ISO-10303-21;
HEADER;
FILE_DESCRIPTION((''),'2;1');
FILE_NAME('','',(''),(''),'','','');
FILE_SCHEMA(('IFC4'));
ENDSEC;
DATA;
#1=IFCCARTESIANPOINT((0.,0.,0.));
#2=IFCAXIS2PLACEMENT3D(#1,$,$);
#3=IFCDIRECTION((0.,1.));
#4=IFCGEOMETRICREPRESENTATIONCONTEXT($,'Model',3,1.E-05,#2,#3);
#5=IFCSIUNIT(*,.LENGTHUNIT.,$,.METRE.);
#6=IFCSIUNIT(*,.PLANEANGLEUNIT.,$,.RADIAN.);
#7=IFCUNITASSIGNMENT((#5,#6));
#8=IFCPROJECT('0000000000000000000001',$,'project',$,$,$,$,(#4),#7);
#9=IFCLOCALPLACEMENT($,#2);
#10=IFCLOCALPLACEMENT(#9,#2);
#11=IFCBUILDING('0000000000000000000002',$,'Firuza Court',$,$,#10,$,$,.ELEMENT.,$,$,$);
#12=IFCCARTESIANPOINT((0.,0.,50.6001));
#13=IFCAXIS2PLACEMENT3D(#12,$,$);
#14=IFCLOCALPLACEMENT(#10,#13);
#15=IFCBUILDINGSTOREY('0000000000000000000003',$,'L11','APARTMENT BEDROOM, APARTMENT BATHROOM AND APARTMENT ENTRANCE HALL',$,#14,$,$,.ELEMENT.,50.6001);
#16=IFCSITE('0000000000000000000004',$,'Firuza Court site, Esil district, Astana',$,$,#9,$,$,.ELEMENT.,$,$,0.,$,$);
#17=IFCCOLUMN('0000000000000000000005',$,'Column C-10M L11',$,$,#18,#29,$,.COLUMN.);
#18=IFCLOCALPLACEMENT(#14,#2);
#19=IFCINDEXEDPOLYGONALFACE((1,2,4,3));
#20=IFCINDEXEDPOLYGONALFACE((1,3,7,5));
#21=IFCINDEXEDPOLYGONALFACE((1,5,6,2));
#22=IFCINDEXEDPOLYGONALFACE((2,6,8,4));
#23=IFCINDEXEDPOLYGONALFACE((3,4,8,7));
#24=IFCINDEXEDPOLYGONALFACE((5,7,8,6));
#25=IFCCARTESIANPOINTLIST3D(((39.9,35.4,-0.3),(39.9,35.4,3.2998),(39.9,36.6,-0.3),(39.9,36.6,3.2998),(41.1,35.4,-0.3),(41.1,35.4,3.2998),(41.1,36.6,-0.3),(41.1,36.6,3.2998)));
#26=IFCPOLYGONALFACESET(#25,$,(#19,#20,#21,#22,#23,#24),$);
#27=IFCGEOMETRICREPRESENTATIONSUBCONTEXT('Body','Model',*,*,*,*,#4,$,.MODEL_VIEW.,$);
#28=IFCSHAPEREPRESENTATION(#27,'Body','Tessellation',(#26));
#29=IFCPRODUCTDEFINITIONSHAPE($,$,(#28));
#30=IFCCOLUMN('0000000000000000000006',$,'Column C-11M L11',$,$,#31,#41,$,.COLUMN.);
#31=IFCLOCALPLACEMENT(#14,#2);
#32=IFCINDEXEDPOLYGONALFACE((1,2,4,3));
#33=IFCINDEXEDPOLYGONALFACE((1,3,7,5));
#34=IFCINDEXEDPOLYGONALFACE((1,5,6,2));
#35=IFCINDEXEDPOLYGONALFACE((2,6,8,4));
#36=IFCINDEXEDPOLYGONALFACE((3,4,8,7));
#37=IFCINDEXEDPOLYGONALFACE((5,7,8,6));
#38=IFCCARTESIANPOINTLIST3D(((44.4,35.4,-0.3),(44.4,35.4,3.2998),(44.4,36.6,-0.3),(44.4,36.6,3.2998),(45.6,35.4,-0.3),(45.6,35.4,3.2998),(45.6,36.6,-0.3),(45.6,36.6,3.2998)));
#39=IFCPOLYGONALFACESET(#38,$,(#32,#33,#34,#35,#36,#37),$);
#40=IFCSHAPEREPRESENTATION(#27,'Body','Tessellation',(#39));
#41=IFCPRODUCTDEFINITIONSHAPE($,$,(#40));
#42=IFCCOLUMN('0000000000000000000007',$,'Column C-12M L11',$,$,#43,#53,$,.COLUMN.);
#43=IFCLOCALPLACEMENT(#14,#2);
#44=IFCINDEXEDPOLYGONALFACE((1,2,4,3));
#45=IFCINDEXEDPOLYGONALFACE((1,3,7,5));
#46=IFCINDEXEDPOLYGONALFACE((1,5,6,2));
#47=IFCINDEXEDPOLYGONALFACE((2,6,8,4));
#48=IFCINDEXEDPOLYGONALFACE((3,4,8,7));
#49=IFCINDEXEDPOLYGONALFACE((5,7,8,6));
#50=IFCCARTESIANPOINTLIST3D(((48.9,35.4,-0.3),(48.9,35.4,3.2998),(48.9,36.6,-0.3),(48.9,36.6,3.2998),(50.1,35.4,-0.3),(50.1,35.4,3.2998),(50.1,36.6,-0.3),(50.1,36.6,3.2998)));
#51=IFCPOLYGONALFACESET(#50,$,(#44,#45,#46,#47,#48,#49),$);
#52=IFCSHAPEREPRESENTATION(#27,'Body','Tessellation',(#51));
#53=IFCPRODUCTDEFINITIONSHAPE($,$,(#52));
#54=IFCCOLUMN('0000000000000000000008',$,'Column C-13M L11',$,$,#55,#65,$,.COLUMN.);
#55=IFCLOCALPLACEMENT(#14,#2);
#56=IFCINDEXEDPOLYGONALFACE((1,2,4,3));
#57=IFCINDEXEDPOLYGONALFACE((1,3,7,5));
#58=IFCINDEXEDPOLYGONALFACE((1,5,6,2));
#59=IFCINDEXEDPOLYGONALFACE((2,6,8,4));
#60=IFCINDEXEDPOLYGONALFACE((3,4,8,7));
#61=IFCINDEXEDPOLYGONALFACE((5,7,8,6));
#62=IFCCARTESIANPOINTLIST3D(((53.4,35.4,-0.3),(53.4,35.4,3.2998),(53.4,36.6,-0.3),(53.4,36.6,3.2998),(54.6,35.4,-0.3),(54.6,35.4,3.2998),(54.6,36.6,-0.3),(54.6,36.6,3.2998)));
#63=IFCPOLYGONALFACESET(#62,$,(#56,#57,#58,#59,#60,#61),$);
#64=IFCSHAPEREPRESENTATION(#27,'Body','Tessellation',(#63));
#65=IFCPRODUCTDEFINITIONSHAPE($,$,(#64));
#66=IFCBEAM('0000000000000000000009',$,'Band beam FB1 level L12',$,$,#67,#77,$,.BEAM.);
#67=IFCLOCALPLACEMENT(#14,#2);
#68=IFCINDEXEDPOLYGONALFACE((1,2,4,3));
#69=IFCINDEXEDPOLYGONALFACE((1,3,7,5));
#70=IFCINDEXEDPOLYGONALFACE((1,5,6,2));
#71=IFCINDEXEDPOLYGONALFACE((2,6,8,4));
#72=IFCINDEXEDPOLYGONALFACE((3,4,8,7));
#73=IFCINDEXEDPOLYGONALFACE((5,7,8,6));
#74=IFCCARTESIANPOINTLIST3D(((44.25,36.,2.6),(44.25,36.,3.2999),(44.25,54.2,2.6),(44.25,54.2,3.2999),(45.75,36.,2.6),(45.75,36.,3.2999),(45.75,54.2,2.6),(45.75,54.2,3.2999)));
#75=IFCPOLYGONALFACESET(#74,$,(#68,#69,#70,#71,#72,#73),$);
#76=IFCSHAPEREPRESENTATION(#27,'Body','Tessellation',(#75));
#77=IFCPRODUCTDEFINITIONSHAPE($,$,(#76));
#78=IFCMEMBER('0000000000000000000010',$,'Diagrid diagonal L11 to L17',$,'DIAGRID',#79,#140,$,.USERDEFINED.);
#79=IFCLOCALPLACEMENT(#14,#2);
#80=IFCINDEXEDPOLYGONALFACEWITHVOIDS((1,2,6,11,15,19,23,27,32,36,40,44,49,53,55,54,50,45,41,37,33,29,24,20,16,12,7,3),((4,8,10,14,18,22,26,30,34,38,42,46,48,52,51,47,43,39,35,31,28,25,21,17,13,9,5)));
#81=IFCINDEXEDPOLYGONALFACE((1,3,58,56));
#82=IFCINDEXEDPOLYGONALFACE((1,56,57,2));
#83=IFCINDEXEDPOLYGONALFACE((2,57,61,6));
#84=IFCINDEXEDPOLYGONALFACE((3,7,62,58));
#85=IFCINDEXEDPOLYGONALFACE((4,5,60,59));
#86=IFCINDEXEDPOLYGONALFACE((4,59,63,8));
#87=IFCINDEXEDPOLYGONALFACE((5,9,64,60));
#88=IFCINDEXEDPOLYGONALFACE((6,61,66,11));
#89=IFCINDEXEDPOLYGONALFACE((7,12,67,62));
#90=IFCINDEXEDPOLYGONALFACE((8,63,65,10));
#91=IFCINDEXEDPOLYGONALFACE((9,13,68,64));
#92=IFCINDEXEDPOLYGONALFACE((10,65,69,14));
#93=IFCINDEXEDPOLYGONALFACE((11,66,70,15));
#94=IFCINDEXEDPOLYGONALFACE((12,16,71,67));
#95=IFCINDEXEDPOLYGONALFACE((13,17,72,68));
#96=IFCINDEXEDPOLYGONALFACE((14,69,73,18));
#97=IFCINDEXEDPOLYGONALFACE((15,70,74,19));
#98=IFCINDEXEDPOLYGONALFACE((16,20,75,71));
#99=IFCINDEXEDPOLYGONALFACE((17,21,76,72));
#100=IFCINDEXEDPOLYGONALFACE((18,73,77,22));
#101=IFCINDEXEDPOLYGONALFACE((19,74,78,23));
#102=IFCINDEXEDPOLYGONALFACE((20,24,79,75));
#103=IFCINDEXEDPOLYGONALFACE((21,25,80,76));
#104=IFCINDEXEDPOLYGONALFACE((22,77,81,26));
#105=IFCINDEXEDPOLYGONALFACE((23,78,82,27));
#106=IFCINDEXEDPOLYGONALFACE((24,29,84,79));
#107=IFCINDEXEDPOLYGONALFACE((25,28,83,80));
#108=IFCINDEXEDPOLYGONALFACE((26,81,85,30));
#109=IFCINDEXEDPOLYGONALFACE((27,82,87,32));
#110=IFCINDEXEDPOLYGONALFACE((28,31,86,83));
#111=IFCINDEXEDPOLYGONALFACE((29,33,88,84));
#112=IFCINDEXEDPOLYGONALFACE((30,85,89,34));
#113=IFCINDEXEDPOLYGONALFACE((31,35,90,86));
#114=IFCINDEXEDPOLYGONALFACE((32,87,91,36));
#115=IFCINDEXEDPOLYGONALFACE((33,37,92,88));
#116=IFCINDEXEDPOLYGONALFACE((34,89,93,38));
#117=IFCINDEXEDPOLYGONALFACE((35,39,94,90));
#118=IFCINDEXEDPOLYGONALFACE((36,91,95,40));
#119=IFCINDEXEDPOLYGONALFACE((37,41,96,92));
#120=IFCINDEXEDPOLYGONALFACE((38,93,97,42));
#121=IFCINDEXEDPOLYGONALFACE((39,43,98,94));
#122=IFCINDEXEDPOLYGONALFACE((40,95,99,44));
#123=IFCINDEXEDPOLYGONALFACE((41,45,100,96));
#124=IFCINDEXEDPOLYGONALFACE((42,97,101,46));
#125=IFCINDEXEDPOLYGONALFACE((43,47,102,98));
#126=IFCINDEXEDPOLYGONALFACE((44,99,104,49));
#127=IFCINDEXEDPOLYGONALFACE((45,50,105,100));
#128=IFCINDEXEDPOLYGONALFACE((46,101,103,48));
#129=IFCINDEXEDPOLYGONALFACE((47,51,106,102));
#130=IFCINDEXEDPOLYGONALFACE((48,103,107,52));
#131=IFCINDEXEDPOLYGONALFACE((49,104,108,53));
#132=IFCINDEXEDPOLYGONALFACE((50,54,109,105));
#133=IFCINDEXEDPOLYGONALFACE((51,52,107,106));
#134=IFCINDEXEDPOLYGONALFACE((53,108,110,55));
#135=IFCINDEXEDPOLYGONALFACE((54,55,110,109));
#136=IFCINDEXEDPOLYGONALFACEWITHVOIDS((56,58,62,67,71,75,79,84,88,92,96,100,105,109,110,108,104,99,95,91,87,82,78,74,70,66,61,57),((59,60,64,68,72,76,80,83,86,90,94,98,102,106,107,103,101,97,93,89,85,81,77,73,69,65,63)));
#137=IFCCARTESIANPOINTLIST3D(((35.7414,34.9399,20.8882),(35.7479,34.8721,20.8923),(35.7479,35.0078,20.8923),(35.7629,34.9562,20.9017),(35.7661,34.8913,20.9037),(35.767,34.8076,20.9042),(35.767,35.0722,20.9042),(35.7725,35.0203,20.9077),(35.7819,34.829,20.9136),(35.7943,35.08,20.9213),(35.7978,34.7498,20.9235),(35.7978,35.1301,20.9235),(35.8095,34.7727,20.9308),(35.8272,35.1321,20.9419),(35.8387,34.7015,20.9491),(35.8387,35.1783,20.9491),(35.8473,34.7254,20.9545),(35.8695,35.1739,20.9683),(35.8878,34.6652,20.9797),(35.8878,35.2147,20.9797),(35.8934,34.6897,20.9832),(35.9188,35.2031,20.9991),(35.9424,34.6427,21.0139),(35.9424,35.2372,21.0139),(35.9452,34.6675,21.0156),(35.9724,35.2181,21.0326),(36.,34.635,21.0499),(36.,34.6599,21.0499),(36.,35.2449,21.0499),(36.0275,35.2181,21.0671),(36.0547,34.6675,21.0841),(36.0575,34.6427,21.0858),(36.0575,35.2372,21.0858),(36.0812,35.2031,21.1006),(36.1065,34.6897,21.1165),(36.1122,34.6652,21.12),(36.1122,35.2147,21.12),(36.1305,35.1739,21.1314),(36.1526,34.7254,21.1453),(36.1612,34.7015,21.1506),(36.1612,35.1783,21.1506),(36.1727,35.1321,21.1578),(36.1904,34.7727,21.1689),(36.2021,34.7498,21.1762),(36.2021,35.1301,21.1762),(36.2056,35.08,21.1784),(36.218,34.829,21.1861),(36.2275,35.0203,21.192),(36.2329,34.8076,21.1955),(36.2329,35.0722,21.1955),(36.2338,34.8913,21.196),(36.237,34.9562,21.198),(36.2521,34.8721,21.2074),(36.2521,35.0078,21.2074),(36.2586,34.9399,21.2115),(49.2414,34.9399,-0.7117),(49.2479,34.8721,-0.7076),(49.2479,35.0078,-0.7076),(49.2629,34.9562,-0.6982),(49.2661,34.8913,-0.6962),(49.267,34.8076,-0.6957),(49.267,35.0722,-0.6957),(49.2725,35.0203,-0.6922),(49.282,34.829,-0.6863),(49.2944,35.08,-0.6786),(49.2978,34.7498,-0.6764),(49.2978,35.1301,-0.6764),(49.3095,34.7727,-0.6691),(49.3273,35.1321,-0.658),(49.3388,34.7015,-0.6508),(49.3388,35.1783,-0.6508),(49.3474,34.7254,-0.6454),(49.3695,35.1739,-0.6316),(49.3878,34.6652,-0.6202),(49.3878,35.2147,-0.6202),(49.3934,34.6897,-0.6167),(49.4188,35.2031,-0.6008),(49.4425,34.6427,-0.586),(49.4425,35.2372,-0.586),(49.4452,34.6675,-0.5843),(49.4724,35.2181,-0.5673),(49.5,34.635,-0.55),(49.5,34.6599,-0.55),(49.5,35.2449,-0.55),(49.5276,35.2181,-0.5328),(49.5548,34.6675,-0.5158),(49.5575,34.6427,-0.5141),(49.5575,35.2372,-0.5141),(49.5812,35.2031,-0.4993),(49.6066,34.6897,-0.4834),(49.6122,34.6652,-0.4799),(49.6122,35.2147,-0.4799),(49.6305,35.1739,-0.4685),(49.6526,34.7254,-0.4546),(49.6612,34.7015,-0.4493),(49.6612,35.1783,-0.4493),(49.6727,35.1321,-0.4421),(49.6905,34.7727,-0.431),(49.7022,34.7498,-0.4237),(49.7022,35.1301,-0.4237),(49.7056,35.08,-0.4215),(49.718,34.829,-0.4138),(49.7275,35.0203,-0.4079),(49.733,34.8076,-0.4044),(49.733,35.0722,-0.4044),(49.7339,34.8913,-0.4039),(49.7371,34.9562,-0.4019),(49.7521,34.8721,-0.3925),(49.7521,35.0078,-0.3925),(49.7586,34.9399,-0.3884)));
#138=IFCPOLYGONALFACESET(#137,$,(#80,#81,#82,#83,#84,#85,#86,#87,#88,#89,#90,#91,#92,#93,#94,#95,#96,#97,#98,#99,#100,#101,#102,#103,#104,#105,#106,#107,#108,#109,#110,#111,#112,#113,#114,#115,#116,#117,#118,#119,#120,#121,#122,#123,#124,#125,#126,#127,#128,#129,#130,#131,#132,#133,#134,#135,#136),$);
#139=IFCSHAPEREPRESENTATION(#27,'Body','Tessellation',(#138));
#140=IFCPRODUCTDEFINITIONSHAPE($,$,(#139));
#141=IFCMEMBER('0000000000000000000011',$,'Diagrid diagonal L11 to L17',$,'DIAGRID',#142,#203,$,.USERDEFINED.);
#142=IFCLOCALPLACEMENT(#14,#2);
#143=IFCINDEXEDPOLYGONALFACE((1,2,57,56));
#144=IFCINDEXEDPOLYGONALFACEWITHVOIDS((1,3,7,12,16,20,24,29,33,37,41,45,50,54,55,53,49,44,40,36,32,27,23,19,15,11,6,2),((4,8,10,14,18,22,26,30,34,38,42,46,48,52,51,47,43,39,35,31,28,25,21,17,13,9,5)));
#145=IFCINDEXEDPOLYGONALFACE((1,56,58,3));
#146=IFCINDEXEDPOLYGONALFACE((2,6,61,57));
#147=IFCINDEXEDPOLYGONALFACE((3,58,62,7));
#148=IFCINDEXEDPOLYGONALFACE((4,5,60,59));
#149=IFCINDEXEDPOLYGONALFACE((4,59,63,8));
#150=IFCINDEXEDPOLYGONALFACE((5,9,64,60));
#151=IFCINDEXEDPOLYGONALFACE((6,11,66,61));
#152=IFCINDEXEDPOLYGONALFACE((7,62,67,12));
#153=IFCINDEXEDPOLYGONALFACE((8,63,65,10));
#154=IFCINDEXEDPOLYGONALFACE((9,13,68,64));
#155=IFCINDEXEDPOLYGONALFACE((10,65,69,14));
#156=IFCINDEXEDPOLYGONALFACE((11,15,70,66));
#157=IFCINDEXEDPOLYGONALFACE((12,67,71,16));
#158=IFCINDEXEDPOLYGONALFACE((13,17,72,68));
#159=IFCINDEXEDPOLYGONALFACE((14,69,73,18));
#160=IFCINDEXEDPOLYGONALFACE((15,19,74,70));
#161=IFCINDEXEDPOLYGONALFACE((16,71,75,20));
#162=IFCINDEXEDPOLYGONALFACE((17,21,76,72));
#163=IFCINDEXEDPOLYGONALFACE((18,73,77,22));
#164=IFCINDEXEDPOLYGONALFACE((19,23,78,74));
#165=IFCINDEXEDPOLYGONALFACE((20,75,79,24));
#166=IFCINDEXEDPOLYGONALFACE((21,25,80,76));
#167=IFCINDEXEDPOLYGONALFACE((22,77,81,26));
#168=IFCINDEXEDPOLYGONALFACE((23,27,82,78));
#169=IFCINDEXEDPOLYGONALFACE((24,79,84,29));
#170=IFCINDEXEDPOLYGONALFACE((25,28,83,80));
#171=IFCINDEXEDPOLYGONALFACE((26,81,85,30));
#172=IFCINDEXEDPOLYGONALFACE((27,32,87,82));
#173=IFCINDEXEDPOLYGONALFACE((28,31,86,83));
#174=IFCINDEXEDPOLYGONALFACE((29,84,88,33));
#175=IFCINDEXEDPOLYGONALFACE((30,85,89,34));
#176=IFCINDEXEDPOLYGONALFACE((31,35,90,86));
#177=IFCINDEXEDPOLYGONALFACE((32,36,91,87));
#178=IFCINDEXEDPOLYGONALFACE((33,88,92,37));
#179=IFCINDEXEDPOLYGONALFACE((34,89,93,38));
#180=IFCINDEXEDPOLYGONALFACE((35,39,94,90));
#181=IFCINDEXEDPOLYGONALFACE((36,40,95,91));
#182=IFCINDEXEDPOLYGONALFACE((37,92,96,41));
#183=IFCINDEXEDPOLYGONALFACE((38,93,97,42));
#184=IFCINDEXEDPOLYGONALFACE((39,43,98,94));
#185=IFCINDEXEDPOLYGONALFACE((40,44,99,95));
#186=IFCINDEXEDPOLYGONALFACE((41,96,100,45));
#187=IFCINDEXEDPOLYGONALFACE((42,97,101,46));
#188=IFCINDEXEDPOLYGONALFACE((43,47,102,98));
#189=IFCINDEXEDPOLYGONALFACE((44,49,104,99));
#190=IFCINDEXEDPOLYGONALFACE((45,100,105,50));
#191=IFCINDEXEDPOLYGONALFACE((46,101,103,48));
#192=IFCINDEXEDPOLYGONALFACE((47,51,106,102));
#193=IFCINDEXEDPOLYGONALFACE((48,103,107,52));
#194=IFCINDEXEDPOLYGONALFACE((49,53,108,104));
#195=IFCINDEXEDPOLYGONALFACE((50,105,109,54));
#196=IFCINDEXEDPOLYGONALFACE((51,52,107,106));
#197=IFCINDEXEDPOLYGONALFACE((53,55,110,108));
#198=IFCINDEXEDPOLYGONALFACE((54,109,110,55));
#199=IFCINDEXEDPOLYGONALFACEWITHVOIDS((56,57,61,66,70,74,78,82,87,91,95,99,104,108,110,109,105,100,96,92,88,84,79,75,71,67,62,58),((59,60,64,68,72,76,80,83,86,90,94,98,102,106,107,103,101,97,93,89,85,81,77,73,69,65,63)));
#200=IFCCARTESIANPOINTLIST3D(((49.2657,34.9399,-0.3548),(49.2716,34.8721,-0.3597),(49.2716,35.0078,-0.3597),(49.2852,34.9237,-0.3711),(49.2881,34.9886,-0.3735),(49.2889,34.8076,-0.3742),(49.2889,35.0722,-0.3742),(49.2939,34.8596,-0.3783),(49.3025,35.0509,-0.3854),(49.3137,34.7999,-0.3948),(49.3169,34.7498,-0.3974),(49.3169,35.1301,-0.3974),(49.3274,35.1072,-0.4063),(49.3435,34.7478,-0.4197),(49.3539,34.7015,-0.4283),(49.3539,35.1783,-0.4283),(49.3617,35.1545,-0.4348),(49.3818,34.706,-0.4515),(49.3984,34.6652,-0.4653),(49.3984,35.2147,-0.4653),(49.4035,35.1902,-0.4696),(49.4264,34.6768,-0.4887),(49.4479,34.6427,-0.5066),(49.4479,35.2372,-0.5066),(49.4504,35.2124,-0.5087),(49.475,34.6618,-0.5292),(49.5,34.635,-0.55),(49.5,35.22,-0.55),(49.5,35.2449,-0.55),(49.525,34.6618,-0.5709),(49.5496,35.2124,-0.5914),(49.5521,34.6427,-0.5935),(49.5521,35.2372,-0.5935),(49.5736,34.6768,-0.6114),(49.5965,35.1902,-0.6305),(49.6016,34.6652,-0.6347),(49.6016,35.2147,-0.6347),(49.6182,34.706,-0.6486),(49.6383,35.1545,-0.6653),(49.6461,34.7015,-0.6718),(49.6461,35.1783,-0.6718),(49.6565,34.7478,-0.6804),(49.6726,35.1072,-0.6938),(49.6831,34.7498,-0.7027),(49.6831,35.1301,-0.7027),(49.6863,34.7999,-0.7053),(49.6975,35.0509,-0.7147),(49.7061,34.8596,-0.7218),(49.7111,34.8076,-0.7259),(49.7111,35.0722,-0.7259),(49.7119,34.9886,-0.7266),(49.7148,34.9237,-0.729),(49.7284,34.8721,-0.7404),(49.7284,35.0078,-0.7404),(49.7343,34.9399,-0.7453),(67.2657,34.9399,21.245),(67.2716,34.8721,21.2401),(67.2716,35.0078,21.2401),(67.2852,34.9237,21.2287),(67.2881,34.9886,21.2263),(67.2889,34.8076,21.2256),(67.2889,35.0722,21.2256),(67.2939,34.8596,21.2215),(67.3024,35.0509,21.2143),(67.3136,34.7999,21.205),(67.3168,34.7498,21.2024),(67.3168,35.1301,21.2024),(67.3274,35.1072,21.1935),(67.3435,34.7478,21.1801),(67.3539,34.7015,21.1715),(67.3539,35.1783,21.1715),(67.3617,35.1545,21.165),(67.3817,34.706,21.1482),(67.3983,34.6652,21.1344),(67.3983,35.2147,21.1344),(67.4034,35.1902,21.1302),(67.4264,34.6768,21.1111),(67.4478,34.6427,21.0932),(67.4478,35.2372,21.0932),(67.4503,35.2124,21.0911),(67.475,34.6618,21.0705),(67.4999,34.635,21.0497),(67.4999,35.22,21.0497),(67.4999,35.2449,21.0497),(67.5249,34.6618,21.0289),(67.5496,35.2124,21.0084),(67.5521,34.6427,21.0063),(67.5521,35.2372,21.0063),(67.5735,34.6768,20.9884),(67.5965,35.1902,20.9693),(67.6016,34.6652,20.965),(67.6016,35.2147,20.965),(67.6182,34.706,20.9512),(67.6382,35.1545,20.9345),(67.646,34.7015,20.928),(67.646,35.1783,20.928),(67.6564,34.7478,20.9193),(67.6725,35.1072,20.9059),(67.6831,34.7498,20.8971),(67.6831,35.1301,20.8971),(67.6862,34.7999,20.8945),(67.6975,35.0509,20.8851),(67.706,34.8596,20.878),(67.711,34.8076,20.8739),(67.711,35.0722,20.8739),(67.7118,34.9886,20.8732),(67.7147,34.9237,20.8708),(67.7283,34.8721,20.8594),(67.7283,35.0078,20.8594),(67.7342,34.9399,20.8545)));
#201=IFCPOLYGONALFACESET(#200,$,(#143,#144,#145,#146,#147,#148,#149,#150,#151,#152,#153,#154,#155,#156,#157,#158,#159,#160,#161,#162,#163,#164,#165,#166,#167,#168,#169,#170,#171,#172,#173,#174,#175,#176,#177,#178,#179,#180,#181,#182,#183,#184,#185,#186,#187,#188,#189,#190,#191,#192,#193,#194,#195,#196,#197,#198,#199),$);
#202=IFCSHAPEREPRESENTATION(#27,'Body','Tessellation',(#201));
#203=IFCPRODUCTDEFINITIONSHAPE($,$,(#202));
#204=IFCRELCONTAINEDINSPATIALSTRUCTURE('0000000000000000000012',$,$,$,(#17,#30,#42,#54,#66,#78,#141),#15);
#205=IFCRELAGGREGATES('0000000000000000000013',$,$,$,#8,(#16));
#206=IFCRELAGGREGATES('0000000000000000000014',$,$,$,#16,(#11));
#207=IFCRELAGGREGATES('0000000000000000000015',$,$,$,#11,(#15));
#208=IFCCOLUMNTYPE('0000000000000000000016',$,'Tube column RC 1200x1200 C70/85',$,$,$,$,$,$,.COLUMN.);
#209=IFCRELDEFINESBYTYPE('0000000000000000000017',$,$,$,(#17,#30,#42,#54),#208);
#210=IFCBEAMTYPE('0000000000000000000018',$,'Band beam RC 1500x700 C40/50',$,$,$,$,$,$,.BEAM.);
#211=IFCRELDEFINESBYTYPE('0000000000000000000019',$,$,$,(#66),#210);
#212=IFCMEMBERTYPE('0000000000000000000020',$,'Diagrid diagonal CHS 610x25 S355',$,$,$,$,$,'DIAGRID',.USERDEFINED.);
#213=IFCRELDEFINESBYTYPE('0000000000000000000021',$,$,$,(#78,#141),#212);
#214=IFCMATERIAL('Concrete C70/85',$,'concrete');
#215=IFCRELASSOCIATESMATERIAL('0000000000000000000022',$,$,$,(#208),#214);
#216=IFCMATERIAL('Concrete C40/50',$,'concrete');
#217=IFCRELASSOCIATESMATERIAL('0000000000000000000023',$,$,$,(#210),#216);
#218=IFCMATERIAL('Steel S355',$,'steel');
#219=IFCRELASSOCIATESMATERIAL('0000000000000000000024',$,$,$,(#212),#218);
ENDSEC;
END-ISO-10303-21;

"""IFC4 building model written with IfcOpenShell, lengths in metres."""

from ifc_helpers import new_model, si_unit, direction, frame, origin, origin_2d, place, context, subcontext, project, spatial, rectangle, hollow_circle, extrude, material, material_profile, profile_set, type_object, element, save


model = new_model("IFC4")

# Units and contexts
model_context = context("Model", 3, precision=1e-05, world=origin(), true_north=direction((0.0, 1.0)))
body_context = subcontext(model_context, "Body", "Model", "MODEL_VIEW")
ifc_project = project(units=[si_unit("LENGTHUNIT", "METRE"), si_unit("PLANEANGLEUNIT", "RADIAN")], contexts=[model_context])

# Site, building, storey
site_placement = place(None, origin())
site = spatial("IfcSite", under=ifc_project, at=site_placement, Name="Firuza Court site, Esil district, Astana", CompositionType="ELEMENT", RefElevation=0.0)
building_placement = place(site_placement, origin())
building = spatial("IfcBuilding", under=site, at=building_placement, Name="Firuza Court", CompositionType="ELEMENT")
storey_placement = place(building_placement, frame((0.0, 0.0, 50.6001)))
storey = spatial("IfcBuildingStorey", under=building, at=storey_placement, Name="L11", Description="APARTMENT BEDROOM, APARTMENT BATHROOM AND APARTMENT ENTRANCE HALL", CompositionType="ELEMENT", Elevation=50.6001)

# Columns
ifc_material_1 = material(Name="Concrete C70/85", Category="concrete")
ifc_material_profile_1 = material_profile(ifc_material_1, rectangle(XDim=1.2, YDim=1.2, at=origin_2d()), Name="RC 1200x1200")
ifc_profile_set_1 = profile_set([ifc_material_profile_1], Name="Concrete C70/85")
column_type = type_object("IfcColumnType", Name="Tube column RC 1200x1200 C70/85", PredefinedType="COLUMN", material=ifc_profile_set_1)
for number, where, z_axis, x_axis, name in (
    (1, (40.5, 36.0, -0.3), (0.0, 0.0, 1.0), (1.0, 0.0, 0.0), "Column C-10M L11"),
    (2, (45.0, 36.0, -0.3), (0.0, 0.0, 1.0), (1.0, 0.0, 0.0), "Column C-11M L11"),
    (3, (49.5, 36.0, -0.3), (0.0, 0.0, 1.0), (1.0, 0.0, 0.0), "Column C-12M L11"),
    (4, (54.0, 36.0, -0.3), (0.0, 0.0, 1.0), (1.0, 0.0, 0.0), "Column C-13M L11"),
):
    element("IfcColumn", number, at=place(storey_placement, frame(where, z_axis=z_axis, x_axis=x_axis)), inside=storey, type_object=column_type, Name=name, PredefinedType="COLUMN", context=body_context, shape_type="SweptSolid", body=[
        extrude(rectangle(XDim=1.2, YDim=1.2, at=origin_2d()), origin(), (0.0, 0.0, 1.0), 3.5999),
    ])

# Beam
ifc_material_2 = material(Name="Concrete C40/50", Category="concrete")
ifc_material_profile_2 = material_profile(ifc_material_2, rectangle(XDim=1.5, YDim=0.7, at=origin_2d()), Name="RC 1500x700")
ifc_profile_set_2 = profile_set([ifc_material_profile_2], Name="Concrete C40/50")
beam_type_1 = type_object("IfcBeamType", Name="Band beam RC 1500x700 C40/50", PredefinedType="BEAM", material=ifc_profile_set_2)
beam_placement = place(storey_placement, frame((45.0, 36.0, 2.95), z_axis=(0.0, 1.0, 0.0), x_axis=(-1.0, 0.0, 0.0)))
element("IfcBeam", 5, at=beam_placement, inside=storey, type_object=beam_type_1, Name="Band beam FB1 level L12", PredefinedType="BEAM", context=body_context, shape_type="SweptSolid", body=[
    extrude(rectangle(XDim=1.5, YDim=0.7, at=origin_2d()), origin(), (0.0, 0.0, 1.0), 18.2),
])

# Members
ifc_material_3 = material(Name="Steel S355", Category="steel")
ifc_material_profile_3 = material_profile(ifc_material_3, hollow_circle(Radius=0.3049, WallThickness=0.0249, at=origin_2d()), Name="CHS 610x25")
ifc_profile_set_3 = profile_set([ifc_material_profile_3], Name="Steel S355")
member_type = type_object("IfcMemberType", Name="Diagrid diagonal CHS 610x25 S355", ElementType="DIAGRID", PredefinedType="USERDEFINED", material=ifc_profile_set_3)
member_1_placement = place(storey_placement, frame((49.5, 34.9399, -0.55), z_axis=(-0.530002, 0.0, 0.847997), x_axis=(0.0, -1.0, 0.0)))
element("IfcMember", 6, at=member_1_placement, inside=storey, type_object=member_type, Name="Diagrid diagonal L11 to L17", ObjectType="DIAGRID", PredefinedType="USERDEFINED", context=body_context, shape_type="SweptSolid", body=[
    extrude(hollow_circle(Radius=0.3049, WallThickness=0.0249, at=origin_2d()), origin(), (0.0, 0.0, 1.0), 25.4717),
])
member_2_placement = place(storey_placement, frame((49.5, 34.9399, -0.55), z_axis=(0.640187, 0.0, 0.768219), x_axis=(0.0, 1.0, 0.0)))
element("IfcMember", 7, at=member_2_placement, inside=storey, type_object=member_type, Name="Diagrid diagonal L11 to L17", ObjectType="DIAGRID", PredefinedType="USERDEFINED", context=body_context, shape_type="SweptSolid", body=[
    extrude(hollow_circle(Radius=0.3049, WallThickness=0.0249, at=origin_2d()), origin(), (0.0, 0.0, 1.0), 28.1167),
])

save(model, "model.ifc")
